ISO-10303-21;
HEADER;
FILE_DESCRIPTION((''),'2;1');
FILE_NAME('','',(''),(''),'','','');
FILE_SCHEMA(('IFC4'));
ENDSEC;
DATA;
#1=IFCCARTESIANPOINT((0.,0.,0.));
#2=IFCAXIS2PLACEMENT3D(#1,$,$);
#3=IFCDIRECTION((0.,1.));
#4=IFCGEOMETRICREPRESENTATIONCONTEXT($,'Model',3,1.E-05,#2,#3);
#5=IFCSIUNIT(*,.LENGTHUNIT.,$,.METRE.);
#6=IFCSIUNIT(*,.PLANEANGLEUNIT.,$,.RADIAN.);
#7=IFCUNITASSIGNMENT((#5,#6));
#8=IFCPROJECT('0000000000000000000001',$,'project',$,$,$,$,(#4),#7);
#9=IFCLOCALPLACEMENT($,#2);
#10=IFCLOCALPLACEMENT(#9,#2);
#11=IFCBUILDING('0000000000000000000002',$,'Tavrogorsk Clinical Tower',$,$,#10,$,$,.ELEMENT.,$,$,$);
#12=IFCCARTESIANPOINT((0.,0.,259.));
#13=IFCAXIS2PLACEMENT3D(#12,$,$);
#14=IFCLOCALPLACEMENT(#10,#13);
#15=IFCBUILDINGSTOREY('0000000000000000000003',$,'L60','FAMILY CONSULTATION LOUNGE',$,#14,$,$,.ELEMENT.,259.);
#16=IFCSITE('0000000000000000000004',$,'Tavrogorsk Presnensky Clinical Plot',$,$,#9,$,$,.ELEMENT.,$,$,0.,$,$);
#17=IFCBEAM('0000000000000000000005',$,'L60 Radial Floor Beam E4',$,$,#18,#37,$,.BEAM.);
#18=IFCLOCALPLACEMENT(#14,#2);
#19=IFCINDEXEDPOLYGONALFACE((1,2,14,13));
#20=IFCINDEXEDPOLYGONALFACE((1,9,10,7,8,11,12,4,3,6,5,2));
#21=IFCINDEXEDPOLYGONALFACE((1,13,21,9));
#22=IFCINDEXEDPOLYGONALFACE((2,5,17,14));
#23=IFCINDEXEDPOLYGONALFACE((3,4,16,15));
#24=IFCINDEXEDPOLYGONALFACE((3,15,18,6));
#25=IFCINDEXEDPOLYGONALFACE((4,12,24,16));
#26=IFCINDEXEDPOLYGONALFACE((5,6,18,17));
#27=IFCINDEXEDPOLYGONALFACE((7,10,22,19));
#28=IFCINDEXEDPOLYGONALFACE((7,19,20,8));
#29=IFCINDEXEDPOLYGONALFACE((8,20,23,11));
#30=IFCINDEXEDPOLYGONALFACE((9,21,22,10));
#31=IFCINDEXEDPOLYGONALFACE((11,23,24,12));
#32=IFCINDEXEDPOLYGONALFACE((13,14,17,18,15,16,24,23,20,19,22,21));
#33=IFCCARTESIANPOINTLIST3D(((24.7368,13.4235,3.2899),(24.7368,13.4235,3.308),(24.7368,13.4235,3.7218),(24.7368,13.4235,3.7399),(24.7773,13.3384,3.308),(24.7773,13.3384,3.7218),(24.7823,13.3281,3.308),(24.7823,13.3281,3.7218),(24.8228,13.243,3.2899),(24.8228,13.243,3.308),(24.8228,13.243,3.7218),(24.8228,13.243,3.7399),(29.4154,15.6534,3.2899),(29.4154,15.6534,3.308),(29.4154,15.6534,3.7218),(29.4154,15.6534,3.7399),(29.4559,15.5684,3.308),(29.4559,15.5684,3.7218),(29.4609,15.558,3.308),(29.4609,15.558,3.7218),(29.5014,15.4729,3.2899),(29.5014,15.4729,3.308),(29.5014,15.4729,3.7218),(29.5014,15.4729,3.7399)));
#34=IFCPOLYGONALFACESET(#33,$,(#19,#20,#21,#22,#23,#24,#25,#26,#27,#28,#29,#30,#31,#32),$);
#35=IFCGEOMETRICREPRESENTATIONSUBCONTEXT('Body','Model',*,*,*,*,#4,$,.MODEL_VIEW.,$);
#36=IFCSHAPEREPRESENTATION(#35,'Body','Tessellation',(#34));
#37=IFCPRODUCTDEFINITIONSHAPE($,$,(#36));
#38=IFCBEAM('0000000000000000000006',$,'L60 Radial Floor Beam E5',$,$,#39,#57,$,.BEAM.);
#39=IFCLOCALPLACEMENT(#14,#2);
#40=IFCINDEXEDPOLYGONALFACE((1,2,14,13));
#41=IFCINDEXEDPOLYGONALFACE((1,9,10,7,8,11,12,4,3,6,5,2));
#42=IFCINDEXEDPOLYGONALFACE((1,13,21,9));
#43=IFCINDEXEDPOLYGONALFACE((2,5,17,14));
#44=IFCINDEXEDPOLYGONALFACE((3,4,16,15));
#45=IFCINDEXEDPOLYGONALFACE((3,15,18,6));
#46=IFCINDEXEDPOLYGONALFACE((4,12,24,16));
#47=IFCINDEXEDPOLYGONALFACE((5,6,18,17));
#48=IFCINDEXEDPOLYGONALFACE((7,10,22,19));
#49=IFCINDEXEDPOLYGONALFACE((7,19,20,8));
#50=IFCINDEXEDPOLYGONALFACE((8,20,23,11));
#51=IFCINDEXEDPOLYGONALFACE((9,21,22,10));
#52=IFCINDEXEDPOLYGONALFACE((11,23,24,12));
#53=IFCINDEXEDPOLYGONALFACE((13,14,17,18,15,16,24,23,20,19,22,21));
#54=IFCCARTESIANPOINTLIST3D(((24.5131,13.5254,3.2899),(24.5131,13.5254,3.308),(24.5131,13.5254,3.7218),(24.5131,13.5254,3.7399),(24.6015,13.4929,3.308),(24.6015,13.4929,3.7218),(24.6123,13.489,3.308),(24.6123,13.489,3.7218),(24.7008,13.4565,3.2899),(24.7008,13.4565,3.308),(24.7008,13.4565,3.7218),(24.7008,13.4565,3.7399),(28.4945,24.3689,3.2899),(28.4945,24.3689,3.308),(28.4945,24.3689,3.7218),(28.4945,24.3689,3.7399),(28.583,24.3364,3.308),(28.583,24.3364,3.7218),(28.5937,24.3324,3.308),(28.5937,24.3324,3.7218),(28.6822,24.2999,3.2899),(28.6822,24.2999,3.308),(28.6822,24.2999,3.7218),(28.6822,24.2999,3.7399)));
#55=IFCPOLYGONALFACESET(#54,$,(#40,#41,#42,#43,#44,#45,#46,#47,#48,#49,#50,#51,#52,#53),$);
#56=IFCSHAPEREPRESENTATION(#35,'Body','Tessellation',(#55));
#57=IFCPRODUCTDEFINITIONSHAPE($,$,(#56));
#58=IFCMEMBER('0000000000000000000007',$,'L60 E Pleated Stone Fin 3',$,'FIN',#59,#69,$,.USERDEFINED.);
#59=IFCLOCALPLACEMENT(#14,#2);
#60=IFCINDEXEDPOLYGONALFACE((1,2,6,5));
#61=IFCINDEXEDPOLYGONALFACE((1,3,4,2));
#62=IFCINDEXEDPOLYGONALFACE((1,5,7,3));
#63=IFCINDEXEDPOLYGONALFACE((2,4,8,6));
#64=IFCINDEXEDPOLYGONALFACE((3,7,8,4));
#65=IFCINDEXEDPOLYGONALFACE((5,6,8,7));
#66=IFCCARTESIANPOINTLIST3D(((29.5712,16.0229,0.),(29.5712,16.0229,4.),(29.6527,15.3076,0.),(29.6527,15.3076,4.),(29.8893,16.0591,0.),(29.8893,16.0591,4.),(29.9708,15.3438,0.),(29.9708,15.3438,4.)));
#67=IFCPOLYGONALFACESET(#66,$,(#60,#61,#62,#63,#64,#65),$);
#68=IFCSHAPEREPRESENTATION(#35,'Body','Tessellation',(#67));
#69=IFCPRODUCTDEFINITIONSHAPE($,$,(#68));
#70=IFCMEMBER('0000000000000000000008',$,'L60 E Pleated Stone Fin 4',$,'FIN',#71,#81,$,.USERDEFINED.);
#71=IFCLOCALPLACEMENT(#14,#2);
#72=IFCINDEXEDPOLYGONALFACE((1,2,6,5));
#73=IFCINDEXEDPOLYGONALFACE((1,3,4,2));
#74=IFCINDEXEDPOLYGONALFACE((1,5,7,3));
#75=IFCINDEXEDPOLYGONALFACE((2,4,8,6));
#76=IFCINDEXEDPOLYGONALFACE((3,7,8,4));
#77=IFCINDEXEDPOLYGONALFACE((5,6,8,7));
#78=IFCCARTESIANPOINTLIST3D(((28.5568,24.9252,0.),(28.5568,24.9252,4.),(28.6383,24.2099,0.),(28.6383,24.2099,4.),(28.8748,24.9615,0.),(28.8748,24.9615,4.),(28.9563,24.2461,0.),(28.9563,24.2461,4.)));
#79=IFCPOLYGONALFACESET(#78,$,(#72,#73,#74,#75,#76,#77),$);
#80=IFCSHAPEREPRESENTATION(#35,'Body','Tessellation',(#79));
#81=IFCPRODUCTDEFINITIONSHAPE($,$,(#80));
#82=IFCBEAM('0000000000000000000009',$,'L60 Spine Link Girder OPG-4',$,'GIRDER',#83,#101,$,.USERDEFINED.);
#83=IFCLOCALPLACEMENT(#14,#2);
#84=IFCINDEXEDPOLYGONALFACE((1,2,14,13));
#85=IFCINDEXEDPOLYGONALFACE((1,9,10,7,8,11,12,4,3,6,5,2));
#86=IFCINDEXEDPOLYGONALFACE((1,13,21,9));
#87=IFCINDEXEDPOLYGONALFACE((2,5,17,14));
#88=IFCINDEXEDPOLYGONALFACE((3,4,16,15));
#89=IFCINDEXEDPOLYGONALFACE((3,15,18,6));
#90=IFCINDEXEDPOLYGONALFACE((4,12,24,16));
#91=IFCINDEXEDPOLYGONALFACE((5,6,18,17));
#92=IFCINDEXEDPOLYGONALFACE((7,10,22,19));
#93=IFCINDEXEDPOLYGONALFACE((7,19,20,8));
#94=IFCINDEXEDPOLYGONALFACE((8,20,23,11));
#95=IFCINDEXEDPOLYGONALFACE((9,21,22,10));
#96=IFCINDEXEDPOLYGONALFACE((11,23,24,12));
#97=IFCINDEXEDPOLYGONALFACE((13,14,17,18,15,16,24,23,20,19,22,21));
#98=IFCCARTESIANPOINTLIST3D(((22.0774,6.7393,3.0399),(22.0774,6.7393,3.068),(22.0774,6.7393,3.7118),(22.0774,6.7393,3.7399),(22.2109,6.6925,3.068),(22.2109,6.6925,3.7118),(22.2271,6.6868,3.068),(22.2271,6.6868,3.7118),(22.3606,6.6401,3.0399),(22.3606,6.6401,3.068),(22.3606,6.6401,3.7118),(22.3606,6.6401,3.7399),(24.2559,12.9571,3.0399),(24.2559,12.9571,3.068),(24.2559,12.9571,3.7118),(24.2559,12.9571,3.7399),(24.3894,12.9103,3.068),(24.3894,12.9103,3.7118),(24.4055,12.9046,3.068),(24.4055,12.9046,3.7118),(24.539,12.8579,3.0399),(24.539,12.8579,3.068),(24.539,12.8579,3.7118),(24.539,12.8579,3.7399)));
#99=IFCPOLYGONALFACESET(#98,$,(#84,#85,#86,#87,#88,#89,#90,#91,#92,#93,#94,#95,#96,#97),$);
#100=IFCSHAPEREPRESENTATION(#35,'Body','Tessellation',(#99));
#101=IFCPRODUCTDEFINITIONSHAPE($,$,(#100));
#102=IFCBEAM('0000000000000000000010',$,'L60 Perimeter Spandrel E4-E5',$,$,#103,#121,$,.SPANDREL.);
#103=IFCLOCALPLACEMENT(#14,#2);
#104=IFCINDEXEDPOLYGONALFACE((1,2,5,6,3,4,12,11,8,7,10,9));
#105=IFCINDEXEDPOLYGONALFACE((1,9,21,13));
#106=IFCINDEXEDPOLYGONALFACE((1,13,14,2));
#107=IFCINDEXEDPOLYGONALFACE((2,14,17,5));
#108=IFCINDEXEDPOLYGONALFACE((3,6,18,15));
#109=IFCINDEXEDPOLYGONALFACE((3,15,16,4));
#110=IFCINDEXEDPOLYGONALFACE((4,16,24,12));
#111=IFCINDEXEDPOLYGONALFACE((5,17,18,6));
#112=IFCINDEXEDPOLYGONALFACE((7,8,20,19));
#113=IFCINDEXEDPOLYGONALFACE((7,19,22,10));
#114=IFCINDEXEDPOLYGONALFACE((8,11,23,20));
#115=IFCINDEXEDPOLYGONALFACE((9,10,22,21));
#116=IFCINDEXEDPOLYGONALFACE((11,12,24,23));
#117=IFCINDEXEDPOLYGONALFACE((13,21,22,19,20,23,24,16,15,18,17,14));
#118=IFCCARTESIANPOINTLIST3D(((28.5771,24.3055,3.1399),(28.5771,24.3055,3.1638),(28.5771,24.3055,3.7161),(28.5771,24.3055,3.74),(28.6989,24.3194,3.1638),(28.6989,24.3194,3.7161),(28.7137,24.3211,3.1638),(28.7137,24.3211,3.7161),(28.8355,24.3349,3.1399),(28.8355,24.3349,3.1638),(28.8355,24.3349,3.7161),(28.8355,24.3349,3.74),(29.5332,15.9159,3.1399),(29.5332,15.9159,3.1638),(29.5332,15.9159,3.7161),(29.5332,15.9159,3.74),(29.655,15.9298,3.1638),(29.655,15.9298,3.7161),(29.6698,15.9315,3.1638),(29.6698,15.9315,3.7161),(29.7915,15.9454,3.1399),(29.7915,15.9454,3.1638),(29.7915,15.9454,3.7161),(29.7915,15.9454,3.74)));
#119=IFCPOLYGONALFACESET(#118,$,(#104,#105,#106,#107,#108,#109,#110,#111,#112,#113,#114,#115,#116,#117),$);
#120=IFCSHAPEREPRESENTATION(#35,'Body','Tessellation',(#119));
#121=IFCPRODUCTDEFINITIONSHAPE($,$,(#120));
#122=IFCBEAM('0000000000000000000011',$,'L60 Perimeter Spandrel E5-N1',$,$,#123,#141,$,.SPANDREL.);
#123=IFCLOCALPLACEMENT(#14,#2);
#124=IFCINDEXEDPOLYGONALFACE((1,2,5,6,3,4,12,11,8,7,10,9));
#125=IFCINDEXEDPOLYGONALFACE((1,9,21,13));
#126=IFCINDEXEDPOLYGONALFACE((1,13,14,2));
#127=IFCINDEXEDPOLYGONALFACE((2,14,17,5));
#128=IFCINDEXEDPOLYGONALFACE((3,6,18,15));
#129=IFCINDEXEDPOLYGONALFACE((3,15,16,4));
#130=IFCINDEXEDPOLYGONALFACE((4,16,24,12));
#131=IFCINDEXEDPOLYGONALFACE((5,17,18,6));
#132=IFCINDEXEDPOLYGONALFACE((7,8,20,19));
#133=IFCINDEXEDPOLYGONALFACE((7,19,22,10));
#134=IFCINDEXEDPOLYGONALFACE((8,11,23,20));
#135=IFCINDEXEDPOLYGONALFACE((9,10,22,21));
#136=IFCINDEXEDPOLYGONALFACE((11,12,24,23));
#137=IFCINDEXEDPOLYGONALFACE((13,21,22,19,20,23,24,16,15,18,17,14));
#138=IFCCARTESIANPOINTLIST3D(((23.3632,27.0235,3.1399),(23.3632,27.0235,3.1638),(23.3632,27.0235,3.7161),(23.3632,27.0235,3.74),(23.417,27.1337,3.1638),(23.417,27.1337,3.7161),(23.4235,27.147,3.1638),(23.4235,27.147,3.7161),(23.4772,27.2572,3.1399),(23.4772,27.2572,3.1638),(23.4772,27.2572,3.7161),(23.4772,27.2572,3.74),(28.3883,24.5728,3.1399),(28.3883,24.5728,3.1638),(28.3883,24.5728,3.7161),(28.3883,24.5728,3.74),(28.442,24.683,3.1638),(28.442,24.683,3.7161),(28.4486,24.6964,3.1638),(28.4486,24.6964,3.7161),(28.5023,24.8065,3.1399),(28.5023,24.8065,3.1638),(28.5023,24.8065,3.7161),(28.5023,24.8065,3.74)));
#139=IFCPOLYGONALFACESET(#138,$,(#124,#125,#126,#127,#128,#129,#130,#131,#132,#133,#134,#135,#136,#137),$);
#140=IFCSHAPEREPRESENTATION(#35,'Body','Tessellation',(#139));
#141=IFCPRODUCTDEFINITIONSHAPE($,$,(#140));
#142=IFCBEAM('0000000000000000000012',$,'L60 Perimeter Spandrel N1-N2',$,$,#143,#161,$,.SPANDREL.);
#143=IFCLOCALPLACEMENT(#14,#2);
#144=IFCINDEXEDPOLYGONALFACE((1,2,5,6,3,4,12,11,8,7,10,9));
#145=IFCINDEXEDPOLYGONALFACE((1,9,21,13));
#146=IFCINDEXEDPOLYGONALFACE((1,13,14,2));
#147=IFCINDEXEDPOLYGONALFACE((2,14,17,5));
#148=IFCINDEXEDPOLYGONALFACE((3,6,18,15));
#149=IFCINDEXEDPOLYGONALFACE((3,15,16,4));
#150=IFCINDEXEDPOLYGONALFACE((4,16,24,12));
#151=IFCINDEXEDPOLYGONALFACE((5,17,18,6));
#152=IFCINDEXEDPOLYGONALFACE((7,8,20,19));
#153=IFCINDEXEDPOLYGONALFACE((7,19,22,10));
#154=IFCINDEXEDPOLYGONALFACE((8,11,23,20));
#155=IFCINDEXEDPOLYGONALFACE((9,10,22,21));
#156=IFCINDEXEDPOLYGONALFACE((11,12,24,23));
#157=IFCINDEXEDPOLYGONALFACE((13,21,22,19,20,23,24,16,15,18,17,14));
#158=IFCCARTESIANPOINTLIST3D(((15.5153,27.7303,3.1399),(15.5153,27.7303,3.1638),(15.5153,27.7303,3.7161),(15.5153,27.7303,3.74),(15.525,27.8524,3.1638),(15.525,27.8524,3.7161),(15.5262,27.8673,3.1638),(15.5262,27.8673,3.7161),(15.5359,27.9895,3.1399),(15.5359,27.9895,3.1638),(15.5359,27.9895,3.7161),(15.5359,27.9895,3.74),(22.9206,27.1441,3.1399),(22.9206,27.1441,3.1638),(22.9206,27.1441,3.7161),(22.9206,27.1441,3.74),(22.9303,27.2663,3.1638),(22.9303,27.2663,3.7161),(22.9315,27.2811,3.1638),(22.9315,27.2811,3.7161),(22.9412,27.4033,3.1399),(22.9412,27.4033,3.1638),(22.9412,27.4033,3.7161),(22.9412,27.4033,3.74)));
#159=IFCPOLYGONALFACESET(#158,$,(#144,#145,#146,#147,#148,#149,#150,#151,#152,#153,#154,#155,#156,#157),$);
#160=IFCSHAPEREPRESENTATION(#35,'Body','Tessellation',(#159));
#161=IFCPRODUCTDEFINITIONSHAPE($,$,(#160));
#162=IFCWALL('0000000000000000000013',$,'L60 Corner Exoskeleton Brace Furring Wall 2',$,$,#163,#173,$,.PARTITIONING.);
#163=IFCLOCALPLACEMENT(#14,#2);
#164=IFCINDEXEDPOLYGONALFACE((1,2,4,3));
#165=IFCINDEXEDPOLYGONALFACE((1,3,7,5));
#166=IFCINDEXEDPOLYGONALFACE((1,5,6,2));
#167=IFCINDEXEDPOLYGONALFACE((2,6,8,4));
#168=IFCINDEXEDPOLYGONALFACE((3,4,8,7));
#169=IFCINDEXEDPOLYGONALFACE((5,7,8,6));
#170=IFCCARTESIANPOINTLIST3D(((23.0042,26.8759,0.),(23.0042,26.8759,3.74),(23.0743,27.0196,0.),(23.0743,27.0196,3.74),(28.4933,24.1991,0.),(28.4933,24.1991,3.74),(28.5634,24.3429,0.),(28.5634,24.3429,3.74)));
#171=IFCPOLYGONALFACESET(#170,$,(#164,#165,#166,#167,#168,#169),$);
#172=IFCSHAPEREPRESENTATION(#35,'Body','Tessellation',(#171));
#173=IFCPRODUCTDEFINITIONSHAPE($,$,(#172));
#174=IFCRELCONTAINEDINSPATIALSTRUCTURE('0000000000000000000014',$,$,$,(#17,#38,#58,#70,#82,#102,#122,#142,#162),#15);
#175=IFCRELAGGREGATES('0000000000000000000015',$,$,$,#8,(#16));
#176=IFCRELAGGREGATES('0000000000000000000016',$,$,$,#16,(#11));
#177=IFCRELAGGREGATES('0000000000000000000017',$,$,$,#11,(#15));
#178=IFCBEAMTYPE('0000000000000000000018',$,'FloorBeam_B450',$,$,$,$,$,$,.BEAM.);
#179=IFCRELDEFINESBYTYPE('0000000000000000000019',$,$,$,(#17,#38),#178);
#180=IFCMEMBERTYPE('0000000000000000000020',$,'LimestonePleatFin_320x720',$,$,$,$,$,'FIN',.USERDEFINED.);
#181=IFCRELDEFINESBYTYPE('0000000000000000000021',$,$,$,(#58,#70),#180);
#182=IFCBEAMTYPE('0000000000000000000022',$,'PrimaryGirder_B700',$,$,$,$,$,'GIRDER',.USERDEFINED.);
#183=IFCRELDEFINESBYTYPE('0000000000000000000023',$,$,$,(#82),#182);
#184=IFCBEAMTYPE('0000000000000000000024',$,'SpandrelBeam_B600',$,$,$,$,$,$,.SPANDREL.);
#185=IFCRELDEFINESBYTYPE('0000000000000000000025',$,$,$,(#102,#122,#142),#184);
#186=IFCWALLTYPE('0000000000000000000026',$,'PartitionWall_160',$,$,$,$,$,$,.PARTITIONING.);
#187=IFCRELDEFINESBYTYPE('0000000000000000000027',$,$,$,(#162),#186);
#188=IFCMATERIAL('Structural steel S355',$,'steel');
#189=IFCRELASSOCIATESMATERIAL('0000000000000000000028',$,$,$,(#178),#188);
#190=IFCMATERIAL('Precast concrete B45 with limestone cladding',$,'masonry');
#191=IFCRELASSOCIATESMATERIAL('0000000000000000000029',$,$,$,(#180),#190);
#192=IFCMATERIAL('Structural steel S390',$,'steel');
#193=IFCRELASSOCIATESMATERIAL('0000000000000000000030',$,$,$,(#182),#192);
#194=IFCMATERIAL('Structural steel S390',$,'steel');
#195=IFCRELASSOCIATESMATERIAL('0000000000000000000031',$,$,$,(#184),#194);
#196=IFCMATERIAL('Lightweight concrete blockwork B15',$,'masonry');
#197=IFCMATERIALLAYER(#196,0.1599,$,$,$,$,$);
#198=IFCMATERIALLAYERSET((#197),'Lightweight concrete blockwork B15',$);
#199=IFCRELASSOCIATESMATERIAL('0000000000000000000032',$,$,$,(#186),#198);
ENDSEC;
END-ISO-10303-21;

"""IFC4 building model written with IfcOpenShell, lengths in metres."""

from ifc_helpers import new_model, si_unit, direction, frame, frame_2d, origin, origin_2d, place, context, subcontext, project, spatial, rectangle, i_section, extrude, material, layer, layer_set, material_profile, profile_set, type_object, element, save


model = new_model("IFC4")

# Units and contexts
model_context = context("Model", 3, precision=1e-05, world=origin(), true_north=direction((0.0, 1.0)))
body_context = subcontext(model_context, "Body", "Model", "MODEL_VIEW")
ifc_project = project(units=[si_unit("LENGTHUNIT", "METRE"), si_unit("PLANEANGLEUNIT", "RADIAN")], contexts=[model_context])

# Site, building, storey
site_placement = place(None, origin())
site = spatial("IfcSite", under=ifc_project, at=site_placement, Name="Tavrogorsk Presnensky Clinical Plot", CompositionType="ELEMENT", RefElevation=0.0)
building_placement = place(site_placement, origin())
building = spatial("IfcBuilding", under=site, at=building_placement, Name="Tavrogorsk Clinical Tower", CompositionType="ELEMENT")
storey_placement = place(building_placement, frame((0.0, 0.0, 259.0)))
storey = spatial("IfcBuildingStorey", under=building, at=storey_placement, Name="L60", Description="FAMILY CONSULTATION LOUNGE", CompositionType="ELEMENT", Elevation=259.0)

# Beams
ifc_material_1 = material(Name="Structural steel S355", Category="steel")
ifc_material_profile_1 = material_profile(ifc_material_1, i_section(OverallWidth=0.2, OverallDepth=0.45, WebThickness=0.0115, FlangeThickness=0.0181, at=origin_2d()), Name="B-450x200x11.5x18")
ifc_profile_set_1 = profile_set([ifc_material_profile_1], Name="Structural steel S355")
beam_type_1 = type_object("IfcBeamType", Name="FloorBeam_B450", PredefinedType="BEAM", material=ifc_profile_set_1)
beam_1_placement = place(storey_placement, frame((24.7798, 13.3333, 3.5149), z_axis=(0.902709, 0.430252, 0.0), x_axis=(-0.430252, 0.902709, 0.0)))
element("IfcBeam", 1, at=beam_1_placement, inside=storey, type_object=beam_type_1, Name="L60 Radial Floor Beam E4", PredefinedType="BEAM", context=body_context, shape_type="SweptSolid", body=[
    extrude(i_section(OverallWidth=0.2, OverallDepth=0.45, WebThickness=0.0115, FlangeThickness=0.0181, at=origin_2d()), origin(), (0.0, 0.0, 1.0), 5.1829),
])
beam_2_placement = place(storey_placement, frame((24.6069, 13.491, 3.5149), z_axis=(0.344674, 0.938723, 0.0), x_axis=(-0.938723, 0.344674, 0.0)))
element("IfcBeam", 2, at=beam_2_placement, inside=storey, type_object=beam_type_1, Name="L60 Radial Floor Beam E5", PredefinedType="BEAM", context=body_context, shape_type="SweptSolid", body=[
    extrude(i_section(OverallWidth=0.2, OverallDepth=0.45, WebThickness=0.0115, FlangeThickness=0.0181, at=origin_2d()), origin(), (0.0, 0.0, 1.0), 11.5513),
])

# Members
ifc_material_2 = material(Name="Precast concrete B45 with limestone cladding", Category="masonry")
ifc_material_profile_2 = material_profile(ifc_material_2, rectangle(XDim=0.3201, YDim=0.72, at=origin_2d()), Name="LIMESTONE-FIN-320x720")
ifc_profile_set_2 = profile_set([ifc_material_profile_2], Name="Precast concrete B45 with limestone cladding")
member_type_1 = type_object("IfcMemberType", Name="LimestonePleatFin_320x720", ElementType="FIN", PredefinedType="USERDEFINED", material=ifc_profile_set_2)
for number, where, z_axis, x_axis, name in (
    (3, (29.771, 15.6833, 0.0), (0.0, 0.0, 1.0), (0.993572, 0.113203, 0.0), "L60 E Pleated Stone Fin 3"),
    (4, (28.7566, 24.5857, 0.0), (0.0, 0.0, 1.0), (0.993572, 0.113203, 0.0), "L60 E Pleated Stone Fin 4"),
):
    element("IfcMember", number, at=place(storey_placement, frame(where, z_axis=z_axis, x_axis=x_axis)), inside=storey, type_object=member_type_1, Name=name, ObjectType="FIN", PredefinedType="USERDEFINED", context=body_context, shape_type="SweptSolid", body=[
        extrude(rectangle(XDim=0.3201, YDim=0.72, at=origin_2d()), origin(), (0.0, 0.0, 1.0), 4.0),
    ])

# Beams
ifc_material_3 = material(Name="Structural steel S390", Category="steel")
ifc_material_profile_3 = material_profile(ifc_material_3, i_section(OverallWidth=0.3, OverallDepth=0.7, WebThickness=0.0171, FlangeThickness=0.0281, at=origin_2d()), Name="B-700x300x17x28")
ifc_profile_set_3 = profile_set([ifc_material_profile_3], Name="Structural steel S390")
beam_type_2 = type_object("IfcBeamType", Name="PrimaryGirder_B700", ElementType="GIRDER", PredefinedType="USERDEFINED", material=ifc_profile_set_3)
beam_3_placement = place(storey_placement, frame((24.3975, 12.9075, 3.3899), z_axis=(-0.330654, -0.943752, 0.0), x_axis=(0.943752, -0.330654, 0.0)))
element("IfcBeam", 5, at=beam_3_placement, inside=storey, type_object=beam_type_2, Name="L60 Spine Link Girder OPG-4", ObjectType="GIRDER", PredefinedType="USERDEFINED", context=body_context, shape_type="SweptSolid", body=[
    extrude(i_section(OverallWidth=0.3, OverallDepth=0.7, WebThickness=0.0171, FlangeThickness=0.0281, at=origin_2d()), origin(), (0.0, 0.0, 1.0), 6.5884),
])
ifc_material_4 = material(Name="Structural steel S390", Category="steel")
ifc_material_profile_4 = material_profile(ifc_material_4, i_section(OverallWidth=0.26, OverallDepth=0.6001, WebThickness=0.0149, FlangeThickness=0.0239, at=origin_2d()), Name="B-600x260x15x24")
ifc_profile_set_4 = profile_set([ifc_material_profile_4], Name="Structural steel S390")
beam_type_3 = type_object("IfcBeamType", Name="SpandrelBeam_B600", PredefinedType="SPANDREL", material=ifc_profile_set_4)
beam_4_placement = place(storey_placement, frame((29.6624, 15.9307, 3.4399), z_axis=(-0.113224, 0.99357, 0.0), x_axis=(-0.99357, -0.113224, 0.0)))
element("IfcBeam", 6, at=beam_4_placement, inside=storey, type_object=beam_type_3, Name="L60 Perimeter Spandrel E4-E5", PredefinedType="SPANDREL", context=body_context, shape_type="SweptSolid", body=[
    extrude(i_section(OverallWidth=0.26, OverallDepth=0.6001, WebThickness=0.0149, FlangeThickness=0.0239, at=origin_2d()), origin(), (0.0, 0.0, 1.0), 8.4438),
])
beam_5_placement = place(storey_placement, frame((28.4453, 24.6897, 3.4399), z_axis=(-0.898811, 0.438336, 0.0), x_axis=(-0.438336, -0.898811, 0.0)))
element("IfcBeam", 7, at=beam_5_placement, inside=storey, type_object=beam_type_3, Name="L60 Perimeter Spandrel E5-N1", PredefinedType="SPANDREL", context=body_context, shape_type="SweptSolid", body=[
    extrude(i_section(OverallWidth=0.26, OverallDepth=0.6001, WebThickness=0.0149, FlangeThickness=0.0239, at=origin_2d()), origin(), (0.0, 0.0, 1.0), 5.5908),
])
beam_6_placement = place(storey_placement, frame((22.9309, 27.2737, 3.4399), z_axis=(-0.996882, 0.07891, 0.0), x_axis=(-0.07891, -0.996882, 0.0)))
element("IfcBeam", 8, at=beam_6_placement, inside=storey, type_object=beam_type_3, Name="L60 Perimeter Spandrel N1-N2", PredefinedType="SPANDREL", context=body_context, shape_type="SweptSolid", body=[
    extrude(i_section(OverallWidth=0.26, OverallDepth=0.6001, WebThickness=0.0149, FlangeThickness=0.0239, at=origin_2d()), origin(), (0.0, 0.0, 1.0), 7.4285),
])

# Wall
ifc_material_5 = material(Name="Lightweight concrete blockwork B15", Category="masonry")
ifc_layer_1 = layer(ifc_material_5, 0.1599)
ifc_layer_set_1 = layer_set([ifc_layer_1], Name="Lightweight concrete blockwork B15")
wall_type_1 = type_object("IfcWallType", Name="PartitionWall_160", PredefinedType="PARTITIONING", material=ifc_layer_set_1)
wall_1_placement = place(storey_placement, frame((28.5283, 24.271, 0.0), z_axis=(0.0, 0.0, 1.0), x_axis=(-0.898821, 0.438317, 0.0)))
element("IfcWall", 9, at=wall_1_placement, inside=storey, type_object=wall_type_1, Name="L60 Corner Exoskeleton Brace Furring Wall 2", PredefinedType="PARTITIONING", context=body_context, shape_type="SweptSolid", body=[
    extrude(rectangle(XDim=6.1069, YDim=0.1599, at=frame_2d((3.0535, 0.0))), origin(), (0.0, 0.0, 1.0), 3.74),
])

save(model, "model.ifc")
